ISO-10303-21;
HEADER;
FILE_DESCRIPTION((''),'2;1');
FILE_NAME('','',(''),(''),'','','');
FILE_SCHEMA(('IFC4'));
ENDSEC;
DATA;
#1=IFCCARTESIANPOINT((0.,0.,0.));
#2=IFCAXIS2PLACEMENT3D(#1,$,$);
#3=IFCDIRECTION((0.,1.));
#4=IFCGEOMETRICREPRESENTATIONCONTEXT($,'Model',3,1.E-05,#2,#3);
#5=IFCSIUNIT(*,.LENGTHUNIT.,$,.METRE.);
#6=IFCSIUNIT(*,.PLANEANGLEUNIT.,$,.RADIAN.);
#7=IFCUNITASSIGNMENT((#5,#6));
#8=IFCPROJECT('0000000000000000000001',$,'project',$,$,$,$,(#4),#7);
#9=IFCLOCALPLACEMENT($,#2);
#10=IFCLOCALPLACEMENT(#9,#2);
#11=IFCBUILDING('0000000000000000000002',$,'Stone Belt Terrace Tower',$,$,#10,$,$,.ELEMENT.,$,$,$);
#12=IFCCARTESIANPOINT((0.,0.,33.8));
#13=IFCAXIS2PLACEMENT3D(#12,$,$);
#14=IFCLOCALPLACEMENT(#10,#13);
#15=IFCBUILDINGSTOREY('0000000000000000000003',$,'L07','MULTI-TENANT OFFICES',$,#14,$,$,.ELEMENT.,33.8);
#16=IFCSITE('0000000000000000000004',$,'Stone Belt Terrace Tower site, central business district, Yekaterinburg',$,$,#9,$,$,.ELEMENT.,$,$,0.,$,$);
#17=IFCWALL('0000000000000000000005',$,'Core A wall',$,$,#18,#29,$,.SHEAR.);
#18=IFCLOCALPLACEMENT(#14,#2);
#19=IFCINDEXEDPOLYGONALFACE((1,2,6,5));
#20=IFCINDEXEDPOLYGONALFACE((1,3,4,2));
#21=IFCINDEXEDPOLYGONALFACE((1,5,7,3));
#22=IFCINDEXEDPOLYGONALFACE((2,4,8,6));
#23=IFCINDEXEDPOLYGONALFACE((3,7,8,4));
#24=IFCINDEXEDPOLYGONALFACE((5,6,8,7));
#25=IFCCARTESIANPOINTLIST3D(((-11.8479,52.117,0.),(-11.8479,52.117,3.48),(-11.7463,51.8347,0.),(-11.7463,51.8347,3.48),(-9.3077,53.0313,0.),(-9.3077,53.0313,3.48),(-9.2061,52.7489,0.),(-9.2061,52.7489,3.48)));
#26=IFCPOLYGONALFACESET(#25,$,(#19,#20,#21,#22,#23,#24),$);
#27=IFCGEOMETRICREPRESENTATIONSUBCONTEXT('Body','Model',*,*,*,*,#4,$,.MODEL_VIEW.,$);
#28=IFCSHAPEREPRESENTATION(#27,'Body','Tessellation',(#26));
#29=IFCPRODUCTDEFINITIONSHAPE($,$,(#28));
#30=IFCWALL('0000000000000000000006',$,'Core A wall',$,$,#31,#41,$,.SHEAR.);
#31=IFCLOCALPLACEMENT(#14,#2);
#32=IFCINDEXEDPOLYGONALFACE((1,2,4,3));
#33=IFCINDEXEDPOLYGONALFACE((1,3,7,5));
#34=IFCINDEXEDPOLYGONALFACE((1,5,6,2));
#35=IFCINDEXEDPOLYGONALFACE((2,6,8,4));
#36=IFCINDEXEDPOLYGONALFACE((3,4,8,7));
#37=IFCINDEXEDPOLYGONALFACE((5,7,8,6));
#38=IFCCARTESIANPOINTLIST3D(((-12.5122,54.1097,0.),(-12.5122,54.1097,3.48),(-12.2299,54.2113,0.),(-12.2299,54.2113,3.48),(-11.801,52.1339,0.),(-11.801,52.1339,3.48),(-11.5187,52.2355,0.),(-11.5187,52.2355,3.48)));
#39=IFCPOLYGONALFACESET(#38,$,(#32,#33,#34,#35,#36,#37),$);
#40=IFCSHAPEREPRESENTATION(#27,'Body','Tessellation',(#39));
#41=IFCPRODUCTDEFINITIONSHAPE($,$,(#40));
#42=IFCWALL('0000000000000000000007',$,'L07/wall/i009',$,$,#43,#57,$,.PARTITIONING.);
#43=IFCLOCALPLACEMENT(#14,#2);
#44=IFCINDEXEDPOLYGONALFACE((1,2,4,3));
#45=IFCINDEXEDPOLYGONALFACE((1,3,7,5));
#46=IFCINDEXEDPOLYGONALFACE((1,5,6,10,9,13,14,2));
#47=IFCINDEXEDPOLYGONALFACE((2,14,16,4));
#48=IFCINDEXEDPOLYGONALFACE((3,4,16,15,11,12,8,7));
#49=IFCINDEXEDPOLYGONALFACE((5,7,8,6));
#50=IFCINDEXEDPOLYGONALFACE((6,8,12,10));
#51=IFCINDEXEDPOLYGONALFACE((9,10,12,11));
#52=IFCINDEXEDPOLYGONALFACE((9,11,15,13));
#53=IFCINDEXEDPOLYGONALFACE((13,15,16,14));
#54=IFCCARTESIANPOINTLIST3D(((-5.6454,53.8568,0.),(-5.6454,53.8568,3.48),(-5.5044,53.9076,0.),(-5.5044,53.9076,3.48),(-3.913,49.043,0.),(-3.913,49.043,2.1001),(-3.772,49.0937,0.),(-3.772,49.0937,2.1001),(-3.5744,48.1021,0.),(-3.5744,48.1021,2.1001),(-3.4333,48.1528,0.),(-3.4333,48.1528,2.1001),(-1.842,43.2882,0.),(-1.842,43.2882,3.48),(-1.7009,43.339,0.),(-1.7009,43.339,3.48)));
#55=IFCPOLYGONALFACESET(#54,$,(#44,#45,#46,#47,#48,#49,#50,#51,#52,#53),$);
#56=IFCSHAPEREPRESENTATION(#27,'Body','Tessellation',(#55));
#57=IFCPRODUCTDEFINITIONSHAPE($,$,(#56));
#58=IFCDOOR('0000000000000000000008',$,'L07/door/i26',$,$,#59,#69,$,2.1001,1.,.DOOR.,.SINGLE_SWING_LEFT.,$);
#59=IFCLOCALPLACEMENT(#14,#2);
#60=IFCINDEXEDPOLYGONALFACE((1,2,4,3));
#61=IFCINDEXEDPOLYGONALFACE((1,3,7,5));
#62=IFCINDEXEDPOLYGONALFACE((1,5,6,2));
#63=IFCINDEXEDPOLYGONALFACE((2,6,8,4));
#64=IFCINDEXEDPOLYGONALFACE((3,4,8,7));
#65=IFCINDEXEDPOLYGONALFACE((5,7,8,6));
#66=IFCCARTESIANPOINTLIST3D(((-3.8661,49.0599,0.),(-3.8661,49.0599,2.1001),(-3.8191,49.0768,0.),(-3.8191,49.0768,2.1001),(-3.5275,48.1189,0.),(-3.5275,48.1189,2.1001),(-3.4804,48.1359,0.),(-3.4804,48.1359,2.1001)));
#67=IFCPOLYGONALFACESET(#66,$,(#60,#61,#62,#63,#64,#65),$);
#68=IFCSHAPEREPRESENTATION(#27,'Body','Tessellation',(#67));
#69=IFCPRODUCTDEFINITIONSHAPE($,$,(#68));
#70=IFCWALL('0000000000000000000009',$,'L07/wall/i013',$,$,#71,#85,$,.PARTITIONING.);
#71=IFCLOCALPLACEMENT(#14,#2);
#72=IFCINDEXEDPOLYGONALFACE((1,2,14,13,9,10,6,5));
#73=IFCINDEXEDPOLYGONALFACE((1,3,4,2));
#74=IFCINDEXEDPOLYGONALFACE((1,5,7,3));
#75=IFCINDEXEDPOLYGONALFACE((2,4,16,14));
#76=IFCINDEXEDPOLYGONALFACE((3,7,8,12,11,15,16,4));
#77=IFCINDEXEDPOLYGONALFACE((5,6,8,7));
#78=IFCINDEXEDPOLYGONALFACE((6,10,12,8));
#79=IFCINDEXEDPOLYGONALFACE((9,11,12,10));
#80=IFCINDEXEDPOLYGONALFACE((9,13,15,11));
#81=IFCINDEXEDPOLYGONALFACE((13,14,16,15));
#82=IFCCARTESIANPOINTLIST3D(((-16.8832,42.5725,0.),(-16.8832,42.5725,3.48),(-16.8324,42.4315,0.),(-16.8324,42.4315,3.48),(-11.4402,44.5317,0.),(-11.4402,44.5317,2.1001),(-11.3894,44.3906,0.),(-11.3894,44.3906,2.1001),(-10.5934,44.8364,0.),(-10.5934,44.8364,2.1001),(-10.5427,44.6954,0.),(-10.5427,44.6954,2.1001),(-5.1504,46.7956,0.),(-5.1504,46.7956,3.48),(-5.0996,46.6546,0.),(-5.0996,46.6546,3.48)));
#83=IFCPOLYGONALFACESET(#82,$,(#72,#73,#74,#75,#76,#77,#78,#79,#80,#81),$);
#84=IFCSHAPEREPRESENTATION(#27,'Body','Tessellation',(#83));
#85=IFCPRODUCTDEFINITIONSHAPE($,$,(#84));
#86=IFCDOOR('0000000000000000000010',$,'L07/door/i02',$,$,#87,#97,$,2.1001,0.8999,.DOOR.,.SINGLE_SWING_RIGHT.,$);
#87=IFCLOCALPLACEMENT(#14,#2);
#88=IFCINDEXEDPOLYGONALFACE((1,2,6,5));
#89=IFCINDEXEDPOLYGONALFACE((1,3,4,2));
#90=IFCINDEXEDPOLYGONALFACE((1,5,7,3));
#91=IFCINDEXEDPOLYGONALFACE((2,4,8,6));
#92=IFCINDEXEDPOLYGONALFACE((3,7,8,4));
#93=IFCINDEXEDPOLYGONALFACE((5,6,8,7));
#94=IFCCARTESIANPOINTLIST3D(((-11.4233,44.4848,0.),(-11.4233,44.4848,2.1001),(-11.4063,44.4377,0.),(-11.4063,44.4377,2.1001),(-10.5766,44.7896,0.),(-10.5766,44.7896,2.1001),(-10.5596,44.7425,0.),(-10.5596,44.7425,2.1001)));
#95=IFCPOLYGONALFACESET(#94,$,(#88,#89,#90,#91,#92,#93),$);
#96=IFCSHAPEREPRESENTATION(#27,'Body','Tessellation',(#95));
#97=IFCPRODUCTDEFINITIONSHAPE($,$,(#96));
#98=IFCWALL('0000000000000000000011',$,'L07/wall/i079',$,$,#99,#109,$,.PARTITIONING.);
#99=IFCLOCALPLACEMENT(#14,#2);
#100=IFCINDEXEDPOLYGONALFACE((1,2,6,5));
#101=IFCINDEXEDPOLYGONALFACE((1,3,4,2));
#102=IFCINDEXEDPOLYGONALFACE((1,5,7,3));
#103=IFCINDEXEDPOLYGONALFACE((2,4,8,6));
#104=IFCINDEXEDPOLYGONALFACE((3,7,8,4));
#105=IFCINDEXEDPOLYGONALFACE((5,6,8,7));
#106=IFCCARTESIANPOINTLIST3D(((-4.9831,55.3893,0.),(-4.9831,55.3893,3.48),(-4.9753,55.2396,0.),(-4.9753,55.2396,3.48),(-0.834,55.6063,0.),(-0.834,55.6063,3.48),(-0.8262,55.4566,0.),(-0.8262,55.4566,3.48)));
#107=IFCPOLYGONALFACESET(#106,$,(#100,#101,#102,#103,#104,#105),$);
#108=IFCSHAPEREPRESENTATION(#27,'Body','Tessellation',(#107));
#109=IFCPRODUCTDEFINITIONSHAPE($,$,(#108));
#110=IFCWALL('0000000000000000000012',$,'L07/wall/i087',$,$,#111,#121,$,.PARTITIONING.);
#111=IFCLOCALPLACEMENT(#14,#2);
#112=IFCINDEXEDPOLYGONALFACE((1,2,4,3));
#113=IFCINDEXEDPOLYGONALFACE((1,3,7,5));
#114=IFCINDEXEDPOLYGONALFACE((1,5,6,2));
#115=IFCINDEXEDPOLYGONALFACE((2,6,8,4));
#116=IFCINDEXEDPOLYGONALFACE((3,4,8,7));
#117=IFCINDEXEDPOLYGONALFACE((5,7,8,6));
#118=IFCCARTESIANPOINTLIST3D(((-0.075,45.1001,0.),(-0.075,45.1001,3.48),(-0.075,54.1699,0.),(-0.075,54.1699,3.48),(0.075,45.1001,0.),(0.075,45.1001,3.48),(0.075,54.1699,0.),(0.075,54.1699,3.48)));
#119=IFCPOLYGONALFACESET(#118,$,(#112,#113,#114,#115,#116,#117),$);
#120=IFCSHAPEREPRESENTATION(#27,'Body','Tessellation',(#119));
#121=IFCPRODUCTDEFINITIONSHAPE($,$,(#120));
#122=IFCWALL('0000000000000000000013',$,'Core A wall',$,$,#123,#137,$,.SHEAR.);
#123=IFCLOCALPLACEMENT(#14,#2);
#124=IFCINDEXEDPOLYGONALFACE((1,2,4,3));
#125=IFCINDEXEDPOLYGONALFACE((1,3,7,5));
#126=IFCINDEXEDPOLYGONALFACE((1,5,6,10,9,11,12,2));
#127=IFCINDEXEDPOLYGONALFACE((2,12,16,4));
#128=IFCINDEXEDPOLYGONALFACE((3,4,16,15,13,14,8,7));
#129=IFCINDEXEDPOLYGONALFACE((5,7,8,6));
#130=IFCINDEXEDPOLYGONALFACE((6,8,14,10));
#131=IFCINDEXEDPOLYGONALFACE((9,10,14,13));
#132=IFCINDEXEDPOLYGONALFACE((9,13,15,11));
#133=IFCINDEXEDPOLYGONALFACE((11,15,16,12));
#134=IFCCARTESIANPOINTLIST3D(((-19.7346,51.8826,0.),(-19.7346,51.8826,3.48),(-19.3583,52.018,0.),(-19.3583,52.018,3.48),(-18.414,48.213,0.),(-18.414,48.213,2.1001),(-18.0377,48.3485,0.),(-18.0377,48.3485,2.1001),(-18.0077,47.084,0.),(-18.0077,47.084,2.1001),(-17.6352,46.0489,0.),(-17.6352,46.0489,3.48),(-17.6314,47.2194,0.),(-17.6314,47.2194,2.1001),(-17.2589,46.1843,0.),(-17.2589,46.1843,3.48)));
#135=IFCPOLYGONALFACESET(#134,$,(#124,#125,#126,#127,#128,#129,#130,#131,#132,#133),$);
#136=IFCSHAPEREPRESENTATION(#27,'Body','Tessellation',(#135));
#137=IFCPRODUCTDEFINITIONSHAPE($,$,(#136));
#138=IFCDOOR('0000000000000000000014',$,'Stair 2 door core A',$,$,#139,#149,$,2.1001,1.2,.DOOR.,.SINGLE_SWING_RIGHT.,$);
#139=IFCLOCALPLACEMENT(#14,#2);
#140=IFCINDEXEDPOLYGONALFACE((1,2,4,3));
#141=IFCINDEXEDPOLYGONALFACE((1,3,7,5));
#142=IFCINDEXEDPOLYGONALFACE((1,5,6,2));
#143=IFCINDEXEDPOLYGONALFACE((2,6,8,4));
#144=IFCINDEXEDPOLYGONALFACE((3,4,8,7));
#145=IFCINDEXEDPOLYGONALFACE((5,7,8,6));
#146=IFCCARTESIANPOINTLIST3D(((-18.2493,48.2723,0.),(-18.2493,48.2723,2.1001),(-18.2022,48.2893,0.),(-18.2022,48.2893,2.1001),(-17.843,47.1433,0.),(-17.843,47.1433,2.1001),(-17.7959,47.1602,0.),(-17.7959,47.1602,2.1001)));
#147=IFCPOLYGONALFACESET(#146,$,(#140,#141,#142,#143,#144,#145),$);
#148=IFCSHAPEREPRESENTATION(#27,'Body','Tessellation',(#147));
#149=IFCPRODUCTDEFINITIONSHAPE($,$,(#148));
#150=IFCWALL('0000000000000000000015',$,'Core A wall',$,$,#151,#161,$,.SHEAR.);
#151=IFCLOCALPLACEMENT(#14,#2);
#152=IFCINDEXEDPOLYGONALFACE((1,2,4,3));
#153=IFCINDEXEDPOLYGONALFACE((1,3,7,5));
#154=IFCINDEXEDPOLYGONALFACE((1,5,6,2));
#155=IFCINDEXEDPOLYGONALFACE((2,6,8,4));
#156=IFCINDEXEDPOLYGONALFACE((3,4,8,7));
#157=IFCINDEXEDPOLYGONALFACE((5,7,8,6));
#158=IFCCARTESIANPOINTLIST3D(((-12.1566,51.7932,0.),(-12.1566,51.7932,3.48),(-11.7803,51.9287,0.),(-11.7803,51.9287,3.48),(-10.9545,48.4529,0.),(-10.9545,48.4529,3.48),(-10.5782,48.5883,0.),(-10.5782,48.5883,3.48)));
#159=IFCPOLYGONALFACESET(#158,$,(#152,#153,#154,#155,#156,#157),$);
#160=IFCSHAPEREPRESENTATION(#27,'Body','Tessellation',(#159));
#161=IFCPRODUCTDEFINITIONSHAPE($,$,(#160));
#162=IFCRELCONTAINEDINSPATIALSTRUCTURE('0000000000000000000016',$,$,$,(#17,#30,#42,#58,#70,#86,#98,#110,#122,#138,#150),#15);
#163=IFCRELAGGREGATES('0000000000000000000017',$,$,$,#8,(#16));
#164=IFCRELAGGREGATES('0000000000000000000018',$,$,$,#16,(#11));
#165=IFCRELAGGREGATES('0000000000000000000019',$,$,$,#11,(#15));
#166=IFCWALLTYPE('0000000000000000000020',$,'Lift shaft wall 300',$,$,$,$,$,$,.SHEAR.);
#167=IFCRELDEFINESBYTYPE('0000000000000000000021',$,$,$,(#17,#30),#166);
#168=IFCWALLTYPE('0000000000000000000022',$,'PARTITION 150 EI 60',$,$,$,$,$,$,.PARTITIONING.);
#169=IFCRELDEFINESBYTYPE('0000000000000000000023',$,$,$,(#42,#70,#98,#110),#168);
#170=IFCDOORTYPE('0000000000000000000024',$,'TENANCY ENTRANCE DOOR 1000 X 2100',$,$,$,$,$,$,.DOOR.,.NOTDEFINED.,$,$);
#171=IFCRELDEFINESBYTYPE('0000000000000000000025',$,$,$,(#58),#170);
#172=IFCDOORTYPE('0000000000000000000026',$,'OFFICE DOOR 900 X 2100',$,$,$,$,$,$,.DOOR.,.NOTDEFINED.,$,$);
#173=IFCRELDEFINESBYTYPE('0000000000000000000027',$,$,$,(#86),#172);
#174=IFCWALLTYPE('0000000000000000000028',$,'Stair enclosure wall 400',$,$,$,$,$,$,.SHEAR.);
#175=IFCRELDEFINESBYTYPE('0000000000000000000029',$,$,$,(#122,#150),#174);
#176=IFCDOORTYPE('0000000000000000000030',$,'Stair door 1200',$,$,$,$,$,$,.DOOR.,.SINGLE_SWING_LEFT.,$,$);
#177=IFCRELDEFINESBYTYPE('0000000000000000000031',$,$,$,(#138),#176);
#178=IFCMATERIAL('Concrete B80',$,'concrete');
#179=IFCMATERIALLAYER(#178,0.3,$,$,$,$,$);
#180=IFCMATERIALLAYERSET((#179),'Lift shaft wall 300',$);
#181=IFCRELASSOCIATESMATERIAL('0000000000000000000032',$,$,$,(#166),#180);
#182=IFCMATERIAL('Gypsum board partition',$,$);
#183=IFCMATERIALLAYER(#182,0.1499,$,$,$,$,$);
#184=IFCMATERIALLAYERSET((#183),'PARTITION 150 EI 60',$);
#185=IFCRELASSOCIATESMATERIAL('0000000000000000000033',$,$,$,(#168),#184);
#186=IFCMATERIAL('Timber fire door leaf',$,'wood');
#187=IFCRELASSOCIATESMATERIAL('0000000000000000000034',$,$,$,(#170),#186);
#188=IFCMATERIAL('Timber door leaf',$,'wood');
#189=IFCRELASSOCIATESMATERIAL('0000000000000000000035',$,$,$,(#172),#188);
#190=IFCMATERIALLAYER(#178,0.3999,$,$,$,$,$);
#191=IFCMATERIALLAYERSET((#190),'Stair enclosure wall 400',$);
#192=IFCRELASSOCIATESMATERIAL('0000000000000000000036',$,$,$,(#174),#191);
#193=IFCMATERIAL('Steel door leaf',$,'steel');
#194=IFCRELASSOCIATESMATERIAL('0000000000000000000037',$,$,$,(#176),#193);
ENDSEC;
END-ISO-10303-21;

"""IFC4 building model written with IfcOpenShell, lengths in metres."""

from ifc_helpers import new_model, si_unit, direction, frame, frame_2d, origin, place, context, subcontext, project, spatial, rectangle, extrude, material, layer, layer_set, type_object, element, fill, save


model = new_model("IFC4")

# Units and contexts
model_context = context("Model", 3, precision=1e-05, world=origin(), true_north=direction((0.0, 1.0)))
body_context = subcontext(model_context, "Body", "Model", "MODEL_VIEW")
ifc_project = project(units=[si_unit("LENGTHUNIT", "METRE"), si_unit("PLANEANGLEUNIT", "RADIAN")], contexts=[model_context])

# Site, building, storey
site_placement = place(None, origin())
site = spatial("IfcSite", under=ifc_project, at=site_placement, Name="Stone Belt Terrace Tower site, central business district, Yekaterinburg", CompositionType="ELEMENT", RefElevation=0.0)
building_placement = place(site_placement, origin())
building = spatial("IfcBuilding", under=site, at=building_placement, Name="Stone Belt Terrace Tower", CompositionType="ELEMENT")
storey_placement = place(building_placement, frame((0.0, 0.0, 33.8)))
storey = spatial("IfcBuildingStorey", under=building, at=storey_placement, Name="L07", Description="MULTI-TENANT OFFICES", CompositionType="ELEMENT", Elevation=33.8)

# Shared definitions
ifc_material_1 = material(Name="Concrete B80", Category="concrete")

# Shared definitions
ifc_material_2 = material(Name="Timber door leaf", Category="wood")

# Walls
ifc_layer_1 = layer(ifc_material_1, 0.3)
ifc_layer_set_1 = layer_set([ifc_layer_1], Name="Lift shaft wall 300")
wall_type_1 = type_object("IfcWallType", Name="Lift shaft wall 300", PredefinedType="SHEAR", material=ifc_layer_set_1)
wall_1_placement = place(storey_placement, frame((-11.7971, 51.9758, 0.0), z_axis=(0.0, 0.0, 1.0), x_axis=(0.94091, 0.338655, 0.0)))
element("IfcWall", 1, at=wall_1_placement, inside=storey, type_object=wall_type_1, Name="Core A wall", PredefinedType="SHEAR", context=body_context, shape_type="SweptSolid", body=[
    extrude(rectangle(XDim=2.6997, YDim=0.3, at=frame_2d((1.3499, 0.0))), origin(), (0.0, 0.0, 1.0), 3.48),
])
wall_2_placement = place(storey_placement, frame((-11.6599, 52.1848, 0.0), z_axis=(0.0, 0.0, 1.0), x_axis=(-0.33867, 0.940905, 0.0)))
element("IfcWall", 2, at=wall_2_placement, inside=storey, type_object=wall_type_1, Name="Core A wall", PredefinedType="SHEAR", context=body_context, shape_type="SweptSolid", body=[
    extrude(rectangle(XDim=2.0999, YDim=0.3, at=frame_2d((1.0498, 0.0))), origin(), (0.0, 0.0, 1.0), 3.48),
])

# Walls, openings, doors
ifc_material_3 = material(Name="Gypsum board partition")
ifc_layer_2 = layer(ifc_material_3, 0.1499)
ifc_layer_set_2 = layer_set([ifc_layer_2], Name="PARTITION 150 EI 60")
wall_type_2 = type_object("IfcWallType", Name="PARTITION 150 EI 60", PredefinedType="PARTITIONING", material=ifc_layer_set_2)
wall_3_placement = place(storey_placement, frame((-5.575, 53.8823, 0.0), z_axis=(0.0, 0.0, 1.0), x_axis=(0.338622, -0.940922, 0.0)))
wall_3 = element("IfcWall", 3, at=wall_3_placement, inside=storey, type_object=wall_type_2, Name="L07/wall/i009", PredefinedType="PARTITIONING", context=body_context, shape_type="SweptSolid", body=[
    extrude(rectangle(XDim=11.2322, YDim=0.1499, at=frame_2d((5.6162, 0.0))), origin(), (0.0, 0.0, 1.0), 3.48),
])
opening_1_placement = place(wall_3_placement, frame((5.1162, 0.0, 0.0)))
opening_1 = element("IfcOpeningElement", 4, at=opening_1_placement, cuts=wall_3, PredefinedType="OPENING", context=body_context, shape_type="SweptSolid", body=[
    extrude(rectangle(XDim=1.0, YDim=2.1001, at=frame_2d((0.5, 1.05))), frame((0.0, 0.085, 0.0), z_axis=(0.0, -1.0, 0.0), x_axis=(1.0, 0.0, 0.0)), (0.0, 0.0, 1.0), 0.1699),
])
ifc_material_4 = material(Name="Timber fire door leaf", Category="wood")
door_type_1 = type_object("IfcDoorType", Name="TENANCY ENTRANCE DOOR 1000 X 2100", OperationType="NOTDEFINED", PredefinedType="DOOR", material=ifc_material_4)
door_1_placement = place(opening_1_placement, origin())
door_1 = element("IfcDoor", 5, at=door_1_placement, inside=storey, type_object=door_type_1, Name="L07/door/i26", OperationType="SINGLE_SWING_LEFT", OverallHeight=2.1001, OverallWidth=1.0, PredefinedType="DOOR", context=body_context, shape_type="SweptSolid", body=[
    extrude(rectangle(XDim=1.0, YDim=2.1001, at=frame_2d((0.5, 1.05))), frame((0.0, 0.0249, 0.0), z_axis=(0.0, -1.0, 0.0), x_axis=(1.0, 0.0, 0.0)), (0.0, 0.0, 1.0), 0.05),
])
fill(opening_1, door_1)
wall_4_placement = place(storey_placement, frame((-5.125, 46.7251, 0.0), z_axis=(0.0, 0.0, 1.0), x_axis=(-0.940905, -0.33867, 0.0)))
wall_4 = element("IfcWall", 6, at=wall_4_placement, inside=storey, type_object=wall_type_2, Name="L07/wall/i013", PredefinedType="PARTITIONING", context=body_context, shape_type="SweptSolid", body=[
    extrude(rectangle(XDim=12.4697, YDim=0.1499, at=frame_2d((6.2349, 0.0))), origin(), (0.0, 0.0, 1.0), 3.48),
])
opening_2_placement = place(wall_4_placement, frame((5.7849, 0.0, 0.0)))
opening_2 = element("IfcOpeningElement", 7, at=opening_2_placement, cuts=wall_4, PredefinedType="OPENING", context=body_context, shape_type="SweptSolid", body=[
    extrude(rectangle(XDim=0.8999, YDim=2.1001, at=frame_2d((0.45, 1.05))), frame((0.0, 0.085, 0.0), z_axis=(0.0, -1.0, 0.0), x_axis=(1.0, 0.0, 0.0)), (0.0, 0.0, 1.0), 0.1699),
])
door_type_2 = type_object("IfcDoorType", Name="OFFICE DOOR 900 X 2100", OperationType="NOTDEFINED", PredefinedType="DOOR", material=ifc_material_2)
door_2_placement = place(opening_2_placement, origin())
door_2 = element("IfcDoor", 8, at=door_2_placement, inside=storey, type_object=door_type_2, Name="L07/door/i02", OperationType="SINGLE_SWING_RIGHT", OverallHeight=2.1001, OverallWidth=0.8999, PredefinedType="DOOR", context=body_context, shape_type="SweptSolid", body=[
    extrude(rectangle(XDim=0.8999, YDim=2.1001, at=frame_2d((0.45, 1.05))), frame((0.0, 0.0249, 0.0), z_axis=(0.0, -1.0, 0.0), x_axis=(1.0, 0.0, 0.0)), (0.0, 0.0, 1.0), 0.05),
])
fill(opening_2, door_2)

# Walls
wall_5_placement = place(storey_placement, frame((-0.8301, 55.5315, 0.0), z_axis=(0.0, 0.0, 1.0), x_axis=(-0.998635, -0.052238, 0.0)))
element("IfcWall", 9, at=wall_5_placement, inside=storey, type_object=wall_type_2, Name="L07/wall/i079", PredefinedType="PARTITIONING", context=body_context, shape_type="SweptSolid", body=[
    extrude(rectangle(XDim=4.1548, YDim=0.1499, at=frame_2d((2.0774, 0.0))), origin(), (0.0, 0.0, 1.0), 3.48),
])
wall_6_placement = place(storey_placement, frame((0.0, 54.1699, 0.0), z_axis=(0.0, 0.0, 1.0), x_axis=(0.0, -1.0, 0.0)))
element("IfcWall", 10, at=wall_6_placement, inside=storey, type_object=wall_type_2, Name="L07/wall/i087", PredefinedType="PARTITIONING", context=body_context, shape_type="SweptSolid", body=[
    extrude(rectangle(XDim=9.0698, YDim=0.1499, at=frame_2d((4.5349, 0.0))), origin(), (0.0, 0.0, 1.0), 3.48),
])

# Wall, opening, door
ifc_layer_3 = layer(ifc_material_1, 0.3999)
ifc_layer_set_3 = layer_set([ifc_layer_3], Name="Stair enclosure wall 400")
wall_type_3 = type_object("IfcWallType", Name="Stair enclosure wall 400", PredefinedType="SHEAR", material=ifc_layer_set_3)
wall_7_placement = place(storey_placement, frame((-17.447, 46.1165, 0.0), z_axis=(0.0, 0.0, 1.0), x_axis=(-0.338608, 0.940928, 0.0)))
wall_7 = element("IfcWall", 11, at=wall_7_placement, inside=storey, type_object=wall_type_3, Name="Core A wall", PredefinedType="SHEAR", context=body_context, shape_type="SweptSolid", body=[
    extrude(rectangle(XDim=6.2, YDim=0.3999, at=frame_2d((3.1001, 0.0))), origin(), (0.0, 0.0, 1.0), 3.48),
])
opening_3_placement = place(wall_7_placement, frame((1.1001, 0.0, 0.0)))
opening_3 = element("IfcOpeningElement", 12, at=opening_3_placement, cuts=wall_7, PredefinedType="OPENING", context=body_context, shape_type="SweptSolid", body=[
    extrude(rectangle(XDim=1.2, YDim=2.1001, at=frame_2d((0.6001, 1.05))), frame((0.0, 0.21, 0.0), z_axis=(0.0, -1.0, 0.0), x_axis=(1.0, 0.0, 0.0)), (0.0, 0.0, 1.0), 0.4199),
])
ifc_material_5 = material(Name="Steel door leaf", Category="steel")
door_type_3 = type_object("IfcDoorType", Name="Stair door 1200", OperationType="SINGLE_SWING_LEFT", PredefinedType="DOOR", material=ifc_material_5)
door_3_placement = place(opening_3_placement, origin())
door_3 = element("IfcDoor", 13, at=door_3_placement, inside=storey, type_object=door_type_3, Name="Stair 2 door core A", OperationType="SINGLE_SWING_RIGHT", OverallHeight=2.1001, OverallWidth=1.2, PredefinedType="DOOR", context=body_context, shape_type="SweptSolid", body=[
    extrude(rectangle(XDim=1.2, YDim=2.1001, at=frame_2d((0.6001, 1.05))), frame((0.0, 0.0249, 0.0), z_axis=(0.0, -1.0, 0.0), x_axis=(1.0, 0.0, 0.0)), (0.0, 0.0, 1.0), 0.05),
])
fill(opening_3, door_3)

# Wall
wall_8_placement = place(storey_placement, frame((-10.7664, 48.5208, 0.0), z_axis=(0.0, 0.0, 1.0), x_axis=(-0.338627, 0.940921, 0.0)))
element("IfcWall", 14, at=wall_8_placement, inside=storey, type_object=wall_type_3, Name="Core A wall", PredefinedType="SHEAR", context=body_context, shape_type="SweptSolid", body=[
    extrude(rectangle(XDim=3.55, YDim=0.3999, at=frame_2d((1.7749, 0.0))), origin(), (0.0, 0.0, 1.0), 3.48),
])

save(model, "model.ifc")
